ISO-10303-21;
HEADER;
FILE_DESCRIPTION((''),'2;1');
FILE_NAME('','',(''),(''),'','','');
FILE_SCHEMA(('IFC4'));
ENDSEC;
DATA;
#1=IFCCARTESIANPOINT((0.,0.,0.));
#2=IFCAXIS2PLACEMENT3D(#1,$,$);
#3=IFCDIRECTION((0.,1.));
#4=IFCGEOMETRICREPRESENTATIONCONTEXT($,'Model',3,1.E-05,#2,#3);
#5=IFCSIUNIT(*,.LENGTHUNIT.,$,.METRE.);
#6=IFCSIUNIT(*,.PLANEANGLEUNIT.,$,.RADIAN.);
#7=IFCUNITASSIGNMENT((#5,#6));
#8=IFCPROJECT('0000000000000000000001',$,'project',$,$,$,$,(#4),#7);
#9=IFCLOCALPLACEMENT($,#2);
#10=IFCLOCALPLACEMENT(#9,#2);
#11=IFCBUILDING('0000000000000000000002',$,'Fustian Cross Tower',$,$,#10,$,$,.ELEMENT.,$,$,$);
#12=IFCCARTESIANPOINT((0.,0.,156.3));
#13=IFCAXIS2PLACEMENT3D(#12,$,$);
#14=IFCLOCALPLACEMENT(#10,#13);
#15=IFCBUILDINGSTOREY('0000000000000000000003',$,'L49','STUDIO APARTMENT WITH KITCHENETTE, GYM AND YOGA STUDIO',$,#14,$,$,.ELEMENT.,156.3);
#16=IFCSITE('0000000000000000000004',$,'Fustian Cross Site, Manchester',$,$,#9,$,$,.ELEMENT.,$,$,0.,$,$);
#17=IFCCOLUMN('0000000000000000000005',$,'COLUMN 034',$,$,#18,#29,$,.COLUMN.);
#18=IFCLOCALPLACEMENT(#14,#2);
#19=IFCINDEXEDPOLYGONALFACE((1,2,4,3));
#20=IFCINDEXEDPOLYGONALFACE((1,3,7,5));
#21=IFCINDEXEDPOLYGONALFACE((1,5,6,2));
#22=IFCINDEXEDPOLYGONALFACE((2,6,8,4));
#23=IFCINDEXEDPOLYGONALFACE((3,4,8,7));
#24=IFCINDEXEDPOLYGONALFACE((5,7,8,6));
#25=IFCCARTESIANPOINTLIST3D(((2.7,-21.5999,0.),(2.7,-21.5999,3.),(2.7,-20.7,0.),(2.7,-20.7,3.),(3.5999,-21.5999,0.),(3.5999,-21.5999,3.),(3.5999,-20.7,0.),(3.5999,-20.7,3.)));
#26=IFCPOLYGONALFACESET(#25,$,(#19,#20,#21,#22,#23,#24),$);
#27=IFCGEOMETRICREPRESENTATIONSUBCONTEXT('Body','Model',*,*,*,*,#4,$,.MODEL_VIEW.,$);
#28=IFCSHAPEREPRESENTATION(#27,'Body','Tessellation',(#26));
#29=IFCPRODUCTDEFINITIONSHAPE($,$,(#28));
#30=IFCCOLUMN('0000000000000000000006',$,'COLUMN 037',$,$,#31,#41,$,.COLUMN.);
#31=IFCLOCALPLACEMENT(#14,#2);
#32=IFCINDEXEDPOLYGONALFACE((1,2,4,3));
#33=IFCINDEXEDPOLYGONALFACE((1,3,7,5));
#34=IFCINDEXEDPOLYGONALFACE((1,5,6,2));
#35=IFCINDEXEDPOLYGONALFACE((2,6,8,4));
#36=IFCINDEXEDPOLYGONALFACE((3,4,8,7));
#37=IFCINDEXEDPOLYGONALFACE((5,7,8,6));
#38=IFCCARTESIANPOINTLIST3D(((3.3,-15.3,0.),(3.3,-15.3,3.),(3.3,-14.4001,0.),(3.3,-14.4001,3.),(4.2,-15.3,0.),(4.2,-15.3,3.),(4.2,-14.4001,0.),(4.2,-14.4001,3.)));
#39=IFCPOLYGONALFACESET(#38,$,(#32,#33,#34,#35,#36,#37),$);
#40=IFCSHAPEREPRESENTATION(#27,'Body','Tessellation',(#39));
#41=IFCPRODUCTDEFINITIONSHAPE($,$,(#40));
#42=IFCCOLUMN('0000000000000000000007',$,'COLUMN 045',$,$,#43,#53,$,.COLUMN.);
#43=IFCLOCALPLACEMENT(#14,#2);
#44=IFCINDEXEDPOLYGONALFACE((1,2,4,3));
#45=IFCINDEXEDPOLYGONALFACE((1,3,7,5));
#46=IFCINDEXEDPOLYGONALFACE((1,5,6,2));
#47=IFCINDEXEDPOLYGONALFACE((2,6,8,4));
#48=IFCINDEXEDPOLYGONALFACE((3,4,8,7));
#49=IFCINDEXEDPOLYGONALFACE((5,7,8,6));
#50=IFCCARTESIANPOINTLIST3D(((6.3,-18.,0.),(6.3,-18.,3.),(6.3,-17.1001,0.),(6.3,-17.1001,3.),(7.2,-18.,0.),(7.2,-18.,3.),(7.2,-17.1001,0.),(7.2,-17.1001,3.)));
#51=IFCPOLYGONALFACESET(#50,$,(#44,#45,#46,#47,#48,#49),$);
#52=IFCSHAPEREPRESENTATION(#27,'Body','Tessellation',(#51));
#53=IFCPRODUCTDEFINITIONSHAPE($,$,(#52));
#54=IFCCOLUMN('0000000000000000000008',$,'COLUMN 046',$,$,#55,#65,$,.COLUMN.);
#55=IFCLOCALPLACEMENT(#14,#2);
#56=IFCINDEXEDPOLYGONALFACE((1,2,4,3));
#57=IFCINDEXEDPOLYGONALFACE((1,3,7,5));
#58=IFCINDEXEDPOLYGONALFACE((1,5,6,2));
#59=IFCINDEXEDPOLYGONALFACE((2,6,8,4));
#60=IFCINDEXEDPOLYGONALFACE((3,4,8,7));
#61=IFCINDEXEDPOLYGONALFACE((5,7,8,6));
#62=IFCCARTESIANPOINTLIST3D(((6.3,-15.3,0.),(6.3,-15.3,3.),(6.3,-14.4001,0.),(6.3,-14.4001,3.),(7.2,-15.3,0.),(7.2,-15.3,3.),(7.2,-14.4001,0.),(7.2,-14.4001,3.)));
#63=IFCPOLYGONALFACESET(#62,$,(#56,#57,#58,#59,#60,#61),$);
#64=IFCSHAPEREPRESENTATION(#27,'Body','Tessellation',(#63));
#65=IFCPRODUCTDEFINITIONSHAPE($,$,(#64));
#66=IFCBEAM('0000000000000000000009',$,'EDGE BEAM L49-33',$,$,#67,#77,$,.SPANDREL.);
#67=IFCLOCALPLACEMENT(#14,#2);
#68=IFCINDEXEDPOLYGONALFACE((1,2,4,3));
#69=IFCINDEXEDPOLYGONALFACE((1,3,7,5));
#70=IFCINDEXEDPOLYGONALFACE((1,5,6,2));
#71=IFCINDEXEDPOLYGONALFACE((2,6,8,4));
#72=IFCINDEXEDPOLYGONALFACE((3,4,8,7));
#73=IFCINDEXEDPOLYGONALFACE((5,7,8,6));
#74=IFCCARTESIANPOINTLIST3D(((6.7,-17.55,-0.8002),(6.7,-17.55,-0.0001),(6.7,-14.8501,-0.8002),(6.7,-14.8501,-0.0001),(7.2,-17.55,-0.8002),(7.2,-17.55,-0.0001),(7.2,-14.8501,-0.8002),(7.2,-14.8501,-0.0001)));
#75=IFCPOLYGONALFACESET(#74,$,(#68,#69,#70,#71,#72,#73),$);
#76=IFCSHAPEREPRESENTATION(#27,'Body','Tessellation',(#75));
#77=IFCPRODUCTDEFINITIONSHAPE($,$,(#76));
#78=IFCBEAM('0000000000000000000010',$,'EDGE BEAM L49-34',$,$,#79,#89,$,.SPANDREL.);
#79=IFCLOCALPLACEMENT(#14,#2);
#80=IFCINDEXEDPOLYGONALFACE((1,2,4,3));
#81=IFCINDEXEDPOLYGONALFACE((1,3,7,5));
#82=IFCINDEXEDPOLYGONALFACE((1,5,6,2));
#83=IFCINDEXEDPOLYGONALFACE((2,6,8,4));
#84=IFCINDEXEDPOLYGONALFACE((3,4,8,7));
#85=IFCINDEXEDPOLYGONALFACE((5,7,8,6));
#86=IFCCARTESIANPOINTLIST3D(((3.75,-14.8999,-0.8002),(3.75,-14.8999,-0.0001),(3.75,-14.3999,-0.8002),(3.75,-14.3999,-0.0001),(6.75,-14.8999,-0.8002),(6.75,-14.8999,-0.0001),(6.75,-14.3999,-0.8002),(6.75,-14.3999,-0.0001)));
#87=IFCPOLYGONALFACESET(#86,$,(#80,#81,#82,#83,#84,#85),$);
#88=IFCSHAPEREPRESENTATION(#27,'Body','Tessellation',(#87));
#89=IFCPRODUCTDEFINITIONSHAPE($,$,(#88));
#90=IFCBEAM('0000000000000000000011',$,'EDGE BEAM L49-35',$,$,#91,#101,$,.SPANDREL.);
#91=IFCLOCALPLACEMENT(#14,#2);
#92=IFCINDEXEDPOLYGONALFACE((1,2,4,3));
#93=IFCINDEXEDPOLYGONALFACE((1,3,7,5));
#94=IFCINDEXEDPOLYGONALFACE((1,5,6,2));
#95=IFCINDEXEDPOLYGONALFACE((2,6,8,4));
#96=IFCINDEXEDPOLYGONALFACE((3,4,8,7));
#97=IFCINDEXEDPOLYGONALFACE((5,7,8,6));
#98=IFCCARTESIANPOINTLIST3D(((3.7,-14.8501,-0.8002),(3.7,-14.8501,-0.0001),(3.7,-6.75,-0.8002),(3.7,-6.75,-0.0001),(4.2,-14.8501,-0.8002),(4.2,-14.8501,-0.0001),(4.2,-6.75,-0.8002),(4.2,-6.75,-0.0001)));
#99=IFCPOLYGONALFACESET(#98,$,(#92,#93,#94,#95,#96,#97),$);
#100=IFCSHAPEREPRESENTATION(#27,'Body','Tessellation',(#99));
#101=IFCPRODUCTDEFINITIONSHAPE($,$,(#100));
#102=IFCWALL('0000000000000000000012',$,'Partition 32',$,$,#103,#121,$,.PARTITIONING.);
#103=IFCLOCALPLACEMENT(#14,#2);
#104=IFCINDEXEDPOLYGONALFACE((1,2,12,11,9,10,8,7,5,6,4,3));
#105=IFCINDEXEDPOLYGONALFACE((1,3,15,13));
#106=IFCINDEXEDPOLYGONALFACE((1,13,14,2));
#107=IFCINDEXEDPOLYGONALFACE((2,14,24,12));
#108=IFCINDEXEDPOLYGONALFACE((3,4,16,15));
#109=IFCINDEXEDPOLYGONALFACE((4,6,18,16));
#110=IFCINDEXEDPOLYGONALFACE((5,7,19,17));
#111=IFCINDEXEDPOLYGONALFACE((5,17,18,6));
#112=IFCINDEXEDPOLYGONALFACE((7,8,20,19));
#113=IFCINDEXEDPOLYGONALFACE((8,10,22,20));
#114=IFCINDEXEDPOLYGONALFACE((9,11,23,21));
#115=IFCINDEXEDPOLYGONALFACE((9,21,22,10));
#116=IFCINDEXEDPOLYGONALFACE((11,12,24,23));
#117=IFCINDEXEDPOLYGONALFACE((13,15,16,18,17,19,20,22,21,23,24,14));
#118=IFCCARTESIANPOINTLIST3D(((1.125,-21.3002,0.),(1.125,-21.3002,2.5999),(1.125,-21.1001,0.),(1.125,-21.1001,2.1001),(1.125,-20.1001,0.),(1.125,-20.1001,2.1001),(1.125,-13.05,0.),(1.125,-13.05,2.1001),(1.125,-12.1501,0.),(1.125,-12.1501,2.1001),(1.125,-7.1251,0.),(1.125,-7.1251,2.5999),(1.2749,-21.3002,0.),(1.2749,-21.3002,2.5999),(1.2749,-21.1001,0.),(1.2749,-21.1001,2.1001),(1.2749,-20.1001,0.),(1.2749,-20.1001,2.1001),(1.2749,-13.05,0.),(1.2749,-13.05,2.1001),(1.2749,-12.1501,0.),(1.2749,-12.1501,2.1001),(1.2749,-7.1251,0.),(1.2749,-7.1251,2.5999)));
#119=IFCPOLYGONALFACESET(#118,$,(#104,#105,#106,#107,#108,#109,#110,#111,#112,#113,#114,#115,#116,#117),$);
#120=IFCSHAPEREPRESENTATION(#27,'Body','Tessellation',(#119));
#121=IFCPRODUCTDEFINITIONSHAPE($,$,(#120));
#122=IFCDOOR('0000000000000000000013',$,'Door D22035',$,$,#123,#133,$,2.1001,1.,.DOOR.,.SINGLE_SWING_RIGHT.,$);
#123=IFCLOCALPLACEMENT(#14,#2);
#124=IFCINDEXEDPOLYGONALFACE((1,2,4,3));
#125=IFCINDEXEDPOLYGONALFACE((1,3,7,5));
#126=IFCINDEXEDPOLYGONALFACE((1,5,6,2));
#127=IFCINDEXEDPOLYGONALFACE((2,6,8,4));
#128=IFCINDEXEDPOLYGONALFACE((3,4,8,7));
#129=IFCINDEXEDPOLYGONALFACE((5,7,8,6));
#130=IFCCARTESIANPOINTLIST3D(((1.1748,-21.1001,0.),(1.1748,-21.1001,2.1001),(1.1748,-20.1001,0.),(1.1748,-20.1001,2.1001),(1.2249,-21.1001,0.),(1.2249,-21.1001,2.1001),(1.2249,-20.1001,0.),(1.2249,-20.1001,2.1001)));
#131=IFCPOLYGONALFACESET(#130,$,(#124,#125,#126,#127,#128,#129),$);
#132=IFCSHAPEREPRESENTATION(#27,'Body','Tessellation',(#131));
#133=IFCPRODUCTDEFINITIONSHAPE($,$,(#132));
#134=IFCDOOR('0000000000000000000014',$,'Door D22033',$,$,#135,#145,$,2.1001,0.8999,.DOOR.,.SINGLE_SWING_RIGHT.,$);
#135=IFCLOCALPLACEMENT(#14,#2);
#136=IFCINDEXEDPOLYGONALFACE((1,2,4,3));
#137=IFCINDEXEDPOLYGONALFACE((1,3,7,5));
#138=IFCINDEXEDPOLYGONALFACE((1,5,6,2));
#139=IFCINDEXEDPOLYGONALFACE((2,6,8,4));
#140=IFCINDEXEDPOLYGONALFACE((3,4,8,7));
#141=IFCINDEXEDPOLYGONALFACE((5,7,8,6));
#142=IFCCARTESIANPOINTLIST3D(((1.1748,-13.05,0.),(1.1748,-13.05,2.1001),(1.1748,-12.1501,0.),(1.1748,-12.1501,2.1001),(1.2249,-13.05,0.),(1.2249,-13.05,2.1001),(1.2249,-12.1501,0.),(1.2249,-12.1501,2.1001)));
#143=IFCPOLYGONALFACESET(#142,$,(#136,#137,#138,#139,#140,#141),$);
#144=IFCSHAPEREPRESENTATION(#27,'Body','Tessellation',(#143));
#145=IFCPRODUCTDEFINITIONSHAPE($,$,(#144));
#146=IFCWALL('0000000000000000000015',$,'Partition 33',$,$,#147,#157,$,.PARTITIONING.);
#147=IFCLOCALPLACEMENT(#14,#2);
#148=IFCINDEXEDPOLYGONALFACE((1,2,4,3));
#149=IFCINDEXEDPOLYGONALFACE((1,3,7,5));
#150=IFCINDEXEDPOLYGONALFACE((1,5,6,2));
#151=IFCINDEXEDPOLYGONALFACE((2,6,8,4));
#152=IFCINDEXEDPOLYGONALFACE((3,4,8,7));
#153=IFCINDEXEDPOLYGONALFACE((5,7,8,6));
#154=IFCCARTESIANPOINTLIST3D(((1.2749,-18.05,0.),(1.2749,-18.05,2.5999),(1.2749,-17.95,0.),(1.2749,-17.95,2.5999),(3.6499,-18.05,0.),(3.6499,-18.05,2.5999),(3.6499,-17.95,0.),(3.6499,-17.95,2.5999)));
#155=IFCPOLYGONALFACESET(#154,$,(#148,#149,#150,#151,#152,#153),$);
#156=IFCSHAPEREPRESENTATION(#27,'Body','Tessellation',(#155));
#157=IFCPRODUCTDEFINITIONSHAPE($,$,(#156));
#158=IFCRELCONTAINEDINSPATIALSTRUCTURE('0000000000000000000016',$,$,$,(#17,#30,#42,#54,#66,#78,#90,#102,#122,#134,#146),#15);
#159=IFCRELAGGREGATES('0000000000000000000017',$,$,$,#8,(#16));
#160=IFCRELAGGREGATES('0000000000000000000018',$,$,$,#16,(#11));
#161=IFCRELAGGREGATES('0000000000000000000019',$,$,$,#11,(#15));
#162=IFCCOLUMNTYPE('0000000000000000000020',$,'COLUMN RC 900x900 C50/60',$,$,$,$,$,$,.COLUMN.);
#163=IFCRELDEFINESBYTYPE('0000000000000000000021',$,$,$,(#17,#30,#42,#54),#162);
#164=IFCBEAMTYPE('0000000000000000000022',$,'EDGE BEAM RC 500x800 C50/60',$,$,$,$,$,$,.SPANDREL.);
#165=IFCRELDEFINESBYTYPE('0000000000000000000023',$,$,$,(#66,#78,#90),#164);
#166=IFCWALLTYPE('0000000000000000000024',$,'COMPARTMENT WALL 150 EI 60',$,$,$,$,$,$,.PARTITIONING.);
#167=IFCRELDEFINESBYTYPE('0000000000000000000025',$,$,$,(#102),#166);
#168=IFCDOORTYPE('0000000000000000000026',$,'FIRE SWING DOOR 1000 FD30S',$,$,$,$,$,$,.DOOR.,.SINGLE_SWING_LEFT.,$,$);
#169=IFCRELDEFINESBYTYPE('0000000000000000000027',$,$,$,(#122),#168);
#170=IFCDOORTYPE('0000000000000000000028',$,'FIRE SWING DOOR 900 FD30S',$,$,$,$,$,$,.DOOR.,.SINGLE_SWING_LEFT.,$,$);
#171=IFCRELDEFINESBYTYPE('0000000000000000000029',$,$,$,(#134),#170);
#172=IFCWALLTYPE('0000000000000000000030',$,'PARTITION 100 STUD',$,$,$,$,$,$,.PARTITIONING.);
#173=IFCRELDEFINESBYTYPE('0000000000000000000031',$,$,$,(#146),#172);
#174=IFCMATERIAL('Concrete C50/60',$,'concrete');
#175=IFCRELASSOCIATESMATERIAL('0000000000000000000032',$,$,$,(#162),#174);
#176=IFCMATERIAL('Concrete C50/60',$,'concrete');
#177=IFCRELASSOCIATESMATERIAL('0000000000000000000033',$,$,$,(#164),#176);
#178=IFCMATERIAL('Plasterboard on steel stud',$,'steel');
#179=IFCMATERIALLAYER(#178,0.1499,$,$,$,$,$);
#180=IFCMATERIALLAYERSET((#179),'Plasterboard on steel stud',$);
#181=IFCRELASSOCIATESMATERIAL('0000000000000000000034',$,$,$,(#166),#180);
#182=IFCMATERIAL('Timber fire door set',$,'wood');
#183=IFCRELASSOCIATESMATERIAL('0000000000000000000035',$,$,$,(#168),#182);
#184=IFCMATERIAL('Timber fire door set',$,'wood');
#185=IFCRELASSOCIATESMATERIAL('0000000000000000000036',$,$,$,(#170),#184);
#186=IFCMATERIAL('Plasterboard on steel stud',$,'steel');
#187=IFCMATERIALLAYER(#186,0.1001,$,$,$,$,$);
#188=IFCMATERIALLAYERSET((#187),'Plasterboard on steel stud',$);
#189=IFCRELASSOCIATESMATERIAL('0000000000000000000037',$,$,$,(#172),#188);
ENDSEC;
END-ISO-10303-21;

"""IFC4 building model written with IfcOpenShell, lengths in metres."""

from ifc_helpers import new_model, si_unit, direction, frame, frame_2d, origin, origin_2d, place, context, subcontext, project, spatial, rectangle, extrude, material, layer, layer_set, material_profile, profile_set, type_object, element, fill, save


model = new_model("IFC4")

# Units and contexts
model_context = context("Model", 3, precision=1e-05, world=origin(), true_north=direction((0.0, 1.0)))
body_context = subcontext(model_context, "Body", "Model", "MODEL_VIEW")
ifc_project = project(units=[si_unit("LENGTHUNIT", "METRE"), si_unit("PLANEANGLEUNIT", "RADIAN")], contexts=[model_context])

# Site, building, storey
site_placement = place(None, origin())
site = spatial("IfcSite", under=ifc_project, at=site_placement, Name="Fustian Cross Site, Manchester", CompositionType="ELEMENT", RefElevation=0.0)
building_placement = place(site_placement, origin())
building = spatial("IfcBuilding", under=site, at=building_placement, Name="Fustian Cross Tower", CompositionType="ELEMENT")
storey_placement = place(building_placement, frame((0.0, 0.0, 156.3)))
storey = spatial("IfcBuildingStorey", under=building, at=storey_placement, Name="L49", Description="STUDIO APARTMENT WITH KITCHENETTE, GYM AND YOGA STUDIO", CompositionType="ELEMENT", Elevation=156.3)

# Columns
ifc_material_1 = material(Name="Concrete C50/60", Category="concrete")
ifc_material_profile_1 = material_profile(ifc_material_1, rectangle(XDim=0.8999, YDim=0.8999, at=origin_2d()), Name="RC 900x900")
ifc_profile_set_1 = profile_set([ifc_material_profile_1], Name="Concrete C50/60")
column_type = type_object("IfcColumnType", Name="COLUMN RC 900x900 C50/60", PredefinedType="COLUMN", material=ifc_profile_set_1)
for number, where, z_axis, x_axis, name in (
    (1, (3.1499, -21.1499, 0.0), (0.0, 0.0, 1.0), (1.0, 0.0, 0.0), "COLUMN 034"),
    (2, (3.75, -14.8501, 0.0), (0.0, 0.0, 1.0), (1.0, 0.0, 0.0), "COLUMN 037"),
    (3, (6.75, -17.55, 0.0), (0.0, 0.0, 1.0), (1.0, 0.0, 0.0), "COLUMN 045"),
    (4, (6.75, -14.8501, 0.0), (0.0, 0.0, 1.0), (1.0, 0.0, 0.0), "COLUMN 046"),
):
    element("IfcColumn", number, at=place(storey_placement, frame(where, z_axis=z_axis, x_axis=x_axis)), inside=storey, type_object=column_type, Name=name, PredefinedType="COLUMN", context=body_context, shape_type="SweptSolid", body=[
        extrude(rectangle(XDim=0.8999, YDim=0.8999, at=origin_2d()), origin(), (0.0, 0.0, 1.0), 3.0),
    ])

# Beams
ifc_material_2 = material(Name="Concrete C50/60", Category="concrete")
ifc_material_profile_2 = material_profile(ifc_material_2, rectangle(XDim=0.5, YDim=0.8, at=origin_2d()), Name="RC 500x800")
ifc_profile_set_2 = profile_set([ifc_material_profile_2], Name="Concrete C50/60")
beam_type = type_object("IfcBeamType", Name="EDGE BEAM RC 500x800 C50/60", PredefinedType="SPANDREL", material=ifc_profile_set_2)
beam_1_placement = place(storey_placement, frame((6.95, -17.55, -0.4001), z_axis=(0.0, 1.0, 0.0), x_axis=(-1.0, 0.0, 0.0)))
element("IfcBeam", 5, at=beam_1_placement, inside=storey, type_object=beam_type, Name="EDGE BEAM L49-33", PredefinedType="SPANDREL", context=body_context, shape_type="SweptSolid", body=[
    extrude(rectangle(XDim=0.5, YDim=0.8, at=origin_2d()), origin(), (0.0, 0.0, 1.0), 2.7),
])
beam_2_placement = place(storey_placement, frame((6.75, -14.6499, -0.4001), z_axis=(-1.0, 0.0, 0.0), x_axis=(0.0, -1.0, 0.0)))
element("IfcBeam", 6, at=beam_2_placement, inside=storey, type_object=beam_type, Name="EDGE BEAM L49-34", PredefinedType="SPANDREL", context=body_context, shape_type="SweptSolid", body=[
    extrude(rectangle(XDim=0.5, YDim=0.8, at=origin_2d()), origin(), (0.0, 0.0, 1.0), 3.0),
])
beam_3_placement = place(storey_placement, frame((3.95, -14.8501, -0.4001), z_axis=(0.0, 1.0, 0.0), x_axis=(-1.0, 0.0, 0.0)))
element("IfcBeam", 7, at=beam_3_placement, inside=storey, type_object=beam_type, Name="EDGE BEAM L49-35", PredefinedType="SPANDREL", context=body_context, shape_type="SweptSolid", body=[
    extrude(rectangle(XDim=0.5, YDim=0.8, at=origin_2d()), origin(), (0.0, 0.0, 1.0), 8.1001),
])

# Wall, openings, doors
ifc_material_3 = material(Name="Plasterboard on steel stud", Category="steel")
ifc_layer_1 = layer(ifc_material_3, 0.1499)
ifc_layer_set_1 = layer_set([ifc_layer_1], Name="Plasterboard on steel stud")
wall_type_1 = type_object("IfcWallType", Name="COMPARTMENT WALL 150 EI 60", PredefinedType="PARTITIONING", material=ifc_layer_set_1)
wall_1_placement = place(storey_placement, frame((1.2, -21.3, 0.0), z_axis=(0.0, 0.0, 1.0), x_axis=(0.0, 1.0, 0.0)))
wall_1 = element("IfcWall", 8, at=wall_1_placement, inside=storey, type_object=wall_type_1, Name="Partition 32", PredefinedType="PARTITIONING", context=body_context, shape_type="SweptSolid", body=[
    extrude(rectangle(XDim=14.175, YDim=0.1499, at=frame_2d((7.0874, 0.0))), origin(), (0.0, 0.0, 1.0), 2.5999),
])
opening_1_placement = place(wall_1_placement, frame((8.25, 0.0, 0.0)))
opening_1 = element("IfcOpeningElement", 9, at=opening_1_placement, cuts=wall_1, PredefinedType="OPENING", context=body_context, shape_type="SweptSolid", body=[
    extrude(rectangle(XDim=0.8999, YDim=2.1001, at=frame_2d((0.45, 1.05))), frame((0.0, 0.085, 0.0), z_axis=(0.0, -1.0, 0.0), x_axis=(1.0, 0.0, 0.0)), (0.0, 0.0, 1.0), 0.1699),
])
opening_2_placement = place(wall_1_placement, frame((0.2, 0.0, 0.0)))
opening_2 = element("IfcOpeningElement", 10, at=opening_2_placement, cuts=wall_1, PredefinedType="OPENING", context=body_context, shape_type="SweptSolid", body=[
    extrude(rectangle(XDim=1.0, YDim=2.1001, at=frame_2d((0.5, 1.05))), frame((0.0, 0.085, 0.0), z_axis=(0.0, -1.0, 0.0), x_axis=(1.0, 0.0, 0.0)), (0.0, 0.0, 1.0), 0.1699),
])
ifc_material_4 = material(Name="Timber fire door set", Category="wood")
door_type_1 = type_object("IfcDoorType", Name="FIRE SWING DOOR 1000 FD30S", OperationType="SINGLE_SWING_LEFT", PredefinedType="DOOR", material=ifc_material_4)
door_1_placement = place(opening_2_placement, frame((1.0, 0.0, 0.0), z_axis=(0.0, 0.0, 1.0), x_axis=(-1.0, 0.0, 0.0)))
door_1 = element("IfcDoor", 11, at=door_1_placement, inside=storey, type_object=door_type_1, Name="Door D22035", OperationType="SINGLE_SWING_RIGHT", OverallHeight=2.1001, OverallWidth=1.0, PredefinedType="DOOR", context=body_context, shape_type="SweptSolid", body=[
    extrude(rectangle(XDim=1.0, YDim=2.1001, at=frame_2d((0.5, 1.05))), frame((0.0, 0.0249, 0.0), z_axis=(0.0, -1.0, 0.0), x_axis=(1.0, 0.0, 0.0)), (0.0, 0.0, 1.0), 0.05),
])
fill(opening_2, door_1)
ifc_material_5 = material(Name="Timber fire door set", Category="wood")
door_type_2 = type_object("IfcDoorType", Name="FIRE SWING DOOR 900 FD30S", OperationType="SINGLE_SWING_LEFT", PredefinedType="DOOR", material=ifc_material_5)
door_2_placement = place(opening_1_placement, frame((0.8999, 0.0, 0.0), z_axis=(0.0, 0.0, 1.0), x_axis=(-1.0, 0.0, 0.0)))
door_2 = element("IfcDoor", 12, at=door_2_placement, inside=storey, type_object=door_type_2, Name="Door D22033", OperationType="SINGLE_SWING_RIGHT", OverallHeight=2.1001, OverallWidth=0.8999, PredefinedType="DOOR", context=body_context, shape_type="SweptSolid", body=[
    extrude(rectangle(XDim=0.8999, YDim=2.1001, at=frame_2d((0.45, 1.05))), frame((0.0, 0.0249, 0.0), z_axis=(0.0, -1.0, 0.0), x_axis=(1.0, 0.0, 0.0)), (0.0, 0.0, 1.0), 0.05),
])
fill(opening_1, door_2)

# Wall
ifc_material_6 = material(Name="Plasterboard on steel stud", Category="steel")
ifc_layer_2 = layer(ifc_material_6, 0.1001)
ifc_layer_set_2 = layer_set([ifc_layer_2], Name="Plasterboard on steel stud")
wall_type_2 = type_object("IfcWallType", Name="PARTITION 100 STUD", PredefinedType="PARTITIONING", material=ifc_layer_set_2)
wall_2_placement = place(storey_placement, frame((1.2749, -18.0, 0.0), z_axis=(0.0, 0.0, 1.0), x_axis=(1.0, 0.0, 0.0)))
element("IfcWall", 13, at=wall_2_placement, inside=storey, type_object=wall_type_2, Name="Partition 33", PredefinedType="PARTITIONING", context=body_context, shape_type="SweptSolid", body=[
    extrude(rectangle(XDim=2.375, YDim=0.1001, at=frame_2d((1.1875, 0.0))), origin(), (0.0, 0.0, 1.0), 2.5999),
])

save(model, "model.ifc")
